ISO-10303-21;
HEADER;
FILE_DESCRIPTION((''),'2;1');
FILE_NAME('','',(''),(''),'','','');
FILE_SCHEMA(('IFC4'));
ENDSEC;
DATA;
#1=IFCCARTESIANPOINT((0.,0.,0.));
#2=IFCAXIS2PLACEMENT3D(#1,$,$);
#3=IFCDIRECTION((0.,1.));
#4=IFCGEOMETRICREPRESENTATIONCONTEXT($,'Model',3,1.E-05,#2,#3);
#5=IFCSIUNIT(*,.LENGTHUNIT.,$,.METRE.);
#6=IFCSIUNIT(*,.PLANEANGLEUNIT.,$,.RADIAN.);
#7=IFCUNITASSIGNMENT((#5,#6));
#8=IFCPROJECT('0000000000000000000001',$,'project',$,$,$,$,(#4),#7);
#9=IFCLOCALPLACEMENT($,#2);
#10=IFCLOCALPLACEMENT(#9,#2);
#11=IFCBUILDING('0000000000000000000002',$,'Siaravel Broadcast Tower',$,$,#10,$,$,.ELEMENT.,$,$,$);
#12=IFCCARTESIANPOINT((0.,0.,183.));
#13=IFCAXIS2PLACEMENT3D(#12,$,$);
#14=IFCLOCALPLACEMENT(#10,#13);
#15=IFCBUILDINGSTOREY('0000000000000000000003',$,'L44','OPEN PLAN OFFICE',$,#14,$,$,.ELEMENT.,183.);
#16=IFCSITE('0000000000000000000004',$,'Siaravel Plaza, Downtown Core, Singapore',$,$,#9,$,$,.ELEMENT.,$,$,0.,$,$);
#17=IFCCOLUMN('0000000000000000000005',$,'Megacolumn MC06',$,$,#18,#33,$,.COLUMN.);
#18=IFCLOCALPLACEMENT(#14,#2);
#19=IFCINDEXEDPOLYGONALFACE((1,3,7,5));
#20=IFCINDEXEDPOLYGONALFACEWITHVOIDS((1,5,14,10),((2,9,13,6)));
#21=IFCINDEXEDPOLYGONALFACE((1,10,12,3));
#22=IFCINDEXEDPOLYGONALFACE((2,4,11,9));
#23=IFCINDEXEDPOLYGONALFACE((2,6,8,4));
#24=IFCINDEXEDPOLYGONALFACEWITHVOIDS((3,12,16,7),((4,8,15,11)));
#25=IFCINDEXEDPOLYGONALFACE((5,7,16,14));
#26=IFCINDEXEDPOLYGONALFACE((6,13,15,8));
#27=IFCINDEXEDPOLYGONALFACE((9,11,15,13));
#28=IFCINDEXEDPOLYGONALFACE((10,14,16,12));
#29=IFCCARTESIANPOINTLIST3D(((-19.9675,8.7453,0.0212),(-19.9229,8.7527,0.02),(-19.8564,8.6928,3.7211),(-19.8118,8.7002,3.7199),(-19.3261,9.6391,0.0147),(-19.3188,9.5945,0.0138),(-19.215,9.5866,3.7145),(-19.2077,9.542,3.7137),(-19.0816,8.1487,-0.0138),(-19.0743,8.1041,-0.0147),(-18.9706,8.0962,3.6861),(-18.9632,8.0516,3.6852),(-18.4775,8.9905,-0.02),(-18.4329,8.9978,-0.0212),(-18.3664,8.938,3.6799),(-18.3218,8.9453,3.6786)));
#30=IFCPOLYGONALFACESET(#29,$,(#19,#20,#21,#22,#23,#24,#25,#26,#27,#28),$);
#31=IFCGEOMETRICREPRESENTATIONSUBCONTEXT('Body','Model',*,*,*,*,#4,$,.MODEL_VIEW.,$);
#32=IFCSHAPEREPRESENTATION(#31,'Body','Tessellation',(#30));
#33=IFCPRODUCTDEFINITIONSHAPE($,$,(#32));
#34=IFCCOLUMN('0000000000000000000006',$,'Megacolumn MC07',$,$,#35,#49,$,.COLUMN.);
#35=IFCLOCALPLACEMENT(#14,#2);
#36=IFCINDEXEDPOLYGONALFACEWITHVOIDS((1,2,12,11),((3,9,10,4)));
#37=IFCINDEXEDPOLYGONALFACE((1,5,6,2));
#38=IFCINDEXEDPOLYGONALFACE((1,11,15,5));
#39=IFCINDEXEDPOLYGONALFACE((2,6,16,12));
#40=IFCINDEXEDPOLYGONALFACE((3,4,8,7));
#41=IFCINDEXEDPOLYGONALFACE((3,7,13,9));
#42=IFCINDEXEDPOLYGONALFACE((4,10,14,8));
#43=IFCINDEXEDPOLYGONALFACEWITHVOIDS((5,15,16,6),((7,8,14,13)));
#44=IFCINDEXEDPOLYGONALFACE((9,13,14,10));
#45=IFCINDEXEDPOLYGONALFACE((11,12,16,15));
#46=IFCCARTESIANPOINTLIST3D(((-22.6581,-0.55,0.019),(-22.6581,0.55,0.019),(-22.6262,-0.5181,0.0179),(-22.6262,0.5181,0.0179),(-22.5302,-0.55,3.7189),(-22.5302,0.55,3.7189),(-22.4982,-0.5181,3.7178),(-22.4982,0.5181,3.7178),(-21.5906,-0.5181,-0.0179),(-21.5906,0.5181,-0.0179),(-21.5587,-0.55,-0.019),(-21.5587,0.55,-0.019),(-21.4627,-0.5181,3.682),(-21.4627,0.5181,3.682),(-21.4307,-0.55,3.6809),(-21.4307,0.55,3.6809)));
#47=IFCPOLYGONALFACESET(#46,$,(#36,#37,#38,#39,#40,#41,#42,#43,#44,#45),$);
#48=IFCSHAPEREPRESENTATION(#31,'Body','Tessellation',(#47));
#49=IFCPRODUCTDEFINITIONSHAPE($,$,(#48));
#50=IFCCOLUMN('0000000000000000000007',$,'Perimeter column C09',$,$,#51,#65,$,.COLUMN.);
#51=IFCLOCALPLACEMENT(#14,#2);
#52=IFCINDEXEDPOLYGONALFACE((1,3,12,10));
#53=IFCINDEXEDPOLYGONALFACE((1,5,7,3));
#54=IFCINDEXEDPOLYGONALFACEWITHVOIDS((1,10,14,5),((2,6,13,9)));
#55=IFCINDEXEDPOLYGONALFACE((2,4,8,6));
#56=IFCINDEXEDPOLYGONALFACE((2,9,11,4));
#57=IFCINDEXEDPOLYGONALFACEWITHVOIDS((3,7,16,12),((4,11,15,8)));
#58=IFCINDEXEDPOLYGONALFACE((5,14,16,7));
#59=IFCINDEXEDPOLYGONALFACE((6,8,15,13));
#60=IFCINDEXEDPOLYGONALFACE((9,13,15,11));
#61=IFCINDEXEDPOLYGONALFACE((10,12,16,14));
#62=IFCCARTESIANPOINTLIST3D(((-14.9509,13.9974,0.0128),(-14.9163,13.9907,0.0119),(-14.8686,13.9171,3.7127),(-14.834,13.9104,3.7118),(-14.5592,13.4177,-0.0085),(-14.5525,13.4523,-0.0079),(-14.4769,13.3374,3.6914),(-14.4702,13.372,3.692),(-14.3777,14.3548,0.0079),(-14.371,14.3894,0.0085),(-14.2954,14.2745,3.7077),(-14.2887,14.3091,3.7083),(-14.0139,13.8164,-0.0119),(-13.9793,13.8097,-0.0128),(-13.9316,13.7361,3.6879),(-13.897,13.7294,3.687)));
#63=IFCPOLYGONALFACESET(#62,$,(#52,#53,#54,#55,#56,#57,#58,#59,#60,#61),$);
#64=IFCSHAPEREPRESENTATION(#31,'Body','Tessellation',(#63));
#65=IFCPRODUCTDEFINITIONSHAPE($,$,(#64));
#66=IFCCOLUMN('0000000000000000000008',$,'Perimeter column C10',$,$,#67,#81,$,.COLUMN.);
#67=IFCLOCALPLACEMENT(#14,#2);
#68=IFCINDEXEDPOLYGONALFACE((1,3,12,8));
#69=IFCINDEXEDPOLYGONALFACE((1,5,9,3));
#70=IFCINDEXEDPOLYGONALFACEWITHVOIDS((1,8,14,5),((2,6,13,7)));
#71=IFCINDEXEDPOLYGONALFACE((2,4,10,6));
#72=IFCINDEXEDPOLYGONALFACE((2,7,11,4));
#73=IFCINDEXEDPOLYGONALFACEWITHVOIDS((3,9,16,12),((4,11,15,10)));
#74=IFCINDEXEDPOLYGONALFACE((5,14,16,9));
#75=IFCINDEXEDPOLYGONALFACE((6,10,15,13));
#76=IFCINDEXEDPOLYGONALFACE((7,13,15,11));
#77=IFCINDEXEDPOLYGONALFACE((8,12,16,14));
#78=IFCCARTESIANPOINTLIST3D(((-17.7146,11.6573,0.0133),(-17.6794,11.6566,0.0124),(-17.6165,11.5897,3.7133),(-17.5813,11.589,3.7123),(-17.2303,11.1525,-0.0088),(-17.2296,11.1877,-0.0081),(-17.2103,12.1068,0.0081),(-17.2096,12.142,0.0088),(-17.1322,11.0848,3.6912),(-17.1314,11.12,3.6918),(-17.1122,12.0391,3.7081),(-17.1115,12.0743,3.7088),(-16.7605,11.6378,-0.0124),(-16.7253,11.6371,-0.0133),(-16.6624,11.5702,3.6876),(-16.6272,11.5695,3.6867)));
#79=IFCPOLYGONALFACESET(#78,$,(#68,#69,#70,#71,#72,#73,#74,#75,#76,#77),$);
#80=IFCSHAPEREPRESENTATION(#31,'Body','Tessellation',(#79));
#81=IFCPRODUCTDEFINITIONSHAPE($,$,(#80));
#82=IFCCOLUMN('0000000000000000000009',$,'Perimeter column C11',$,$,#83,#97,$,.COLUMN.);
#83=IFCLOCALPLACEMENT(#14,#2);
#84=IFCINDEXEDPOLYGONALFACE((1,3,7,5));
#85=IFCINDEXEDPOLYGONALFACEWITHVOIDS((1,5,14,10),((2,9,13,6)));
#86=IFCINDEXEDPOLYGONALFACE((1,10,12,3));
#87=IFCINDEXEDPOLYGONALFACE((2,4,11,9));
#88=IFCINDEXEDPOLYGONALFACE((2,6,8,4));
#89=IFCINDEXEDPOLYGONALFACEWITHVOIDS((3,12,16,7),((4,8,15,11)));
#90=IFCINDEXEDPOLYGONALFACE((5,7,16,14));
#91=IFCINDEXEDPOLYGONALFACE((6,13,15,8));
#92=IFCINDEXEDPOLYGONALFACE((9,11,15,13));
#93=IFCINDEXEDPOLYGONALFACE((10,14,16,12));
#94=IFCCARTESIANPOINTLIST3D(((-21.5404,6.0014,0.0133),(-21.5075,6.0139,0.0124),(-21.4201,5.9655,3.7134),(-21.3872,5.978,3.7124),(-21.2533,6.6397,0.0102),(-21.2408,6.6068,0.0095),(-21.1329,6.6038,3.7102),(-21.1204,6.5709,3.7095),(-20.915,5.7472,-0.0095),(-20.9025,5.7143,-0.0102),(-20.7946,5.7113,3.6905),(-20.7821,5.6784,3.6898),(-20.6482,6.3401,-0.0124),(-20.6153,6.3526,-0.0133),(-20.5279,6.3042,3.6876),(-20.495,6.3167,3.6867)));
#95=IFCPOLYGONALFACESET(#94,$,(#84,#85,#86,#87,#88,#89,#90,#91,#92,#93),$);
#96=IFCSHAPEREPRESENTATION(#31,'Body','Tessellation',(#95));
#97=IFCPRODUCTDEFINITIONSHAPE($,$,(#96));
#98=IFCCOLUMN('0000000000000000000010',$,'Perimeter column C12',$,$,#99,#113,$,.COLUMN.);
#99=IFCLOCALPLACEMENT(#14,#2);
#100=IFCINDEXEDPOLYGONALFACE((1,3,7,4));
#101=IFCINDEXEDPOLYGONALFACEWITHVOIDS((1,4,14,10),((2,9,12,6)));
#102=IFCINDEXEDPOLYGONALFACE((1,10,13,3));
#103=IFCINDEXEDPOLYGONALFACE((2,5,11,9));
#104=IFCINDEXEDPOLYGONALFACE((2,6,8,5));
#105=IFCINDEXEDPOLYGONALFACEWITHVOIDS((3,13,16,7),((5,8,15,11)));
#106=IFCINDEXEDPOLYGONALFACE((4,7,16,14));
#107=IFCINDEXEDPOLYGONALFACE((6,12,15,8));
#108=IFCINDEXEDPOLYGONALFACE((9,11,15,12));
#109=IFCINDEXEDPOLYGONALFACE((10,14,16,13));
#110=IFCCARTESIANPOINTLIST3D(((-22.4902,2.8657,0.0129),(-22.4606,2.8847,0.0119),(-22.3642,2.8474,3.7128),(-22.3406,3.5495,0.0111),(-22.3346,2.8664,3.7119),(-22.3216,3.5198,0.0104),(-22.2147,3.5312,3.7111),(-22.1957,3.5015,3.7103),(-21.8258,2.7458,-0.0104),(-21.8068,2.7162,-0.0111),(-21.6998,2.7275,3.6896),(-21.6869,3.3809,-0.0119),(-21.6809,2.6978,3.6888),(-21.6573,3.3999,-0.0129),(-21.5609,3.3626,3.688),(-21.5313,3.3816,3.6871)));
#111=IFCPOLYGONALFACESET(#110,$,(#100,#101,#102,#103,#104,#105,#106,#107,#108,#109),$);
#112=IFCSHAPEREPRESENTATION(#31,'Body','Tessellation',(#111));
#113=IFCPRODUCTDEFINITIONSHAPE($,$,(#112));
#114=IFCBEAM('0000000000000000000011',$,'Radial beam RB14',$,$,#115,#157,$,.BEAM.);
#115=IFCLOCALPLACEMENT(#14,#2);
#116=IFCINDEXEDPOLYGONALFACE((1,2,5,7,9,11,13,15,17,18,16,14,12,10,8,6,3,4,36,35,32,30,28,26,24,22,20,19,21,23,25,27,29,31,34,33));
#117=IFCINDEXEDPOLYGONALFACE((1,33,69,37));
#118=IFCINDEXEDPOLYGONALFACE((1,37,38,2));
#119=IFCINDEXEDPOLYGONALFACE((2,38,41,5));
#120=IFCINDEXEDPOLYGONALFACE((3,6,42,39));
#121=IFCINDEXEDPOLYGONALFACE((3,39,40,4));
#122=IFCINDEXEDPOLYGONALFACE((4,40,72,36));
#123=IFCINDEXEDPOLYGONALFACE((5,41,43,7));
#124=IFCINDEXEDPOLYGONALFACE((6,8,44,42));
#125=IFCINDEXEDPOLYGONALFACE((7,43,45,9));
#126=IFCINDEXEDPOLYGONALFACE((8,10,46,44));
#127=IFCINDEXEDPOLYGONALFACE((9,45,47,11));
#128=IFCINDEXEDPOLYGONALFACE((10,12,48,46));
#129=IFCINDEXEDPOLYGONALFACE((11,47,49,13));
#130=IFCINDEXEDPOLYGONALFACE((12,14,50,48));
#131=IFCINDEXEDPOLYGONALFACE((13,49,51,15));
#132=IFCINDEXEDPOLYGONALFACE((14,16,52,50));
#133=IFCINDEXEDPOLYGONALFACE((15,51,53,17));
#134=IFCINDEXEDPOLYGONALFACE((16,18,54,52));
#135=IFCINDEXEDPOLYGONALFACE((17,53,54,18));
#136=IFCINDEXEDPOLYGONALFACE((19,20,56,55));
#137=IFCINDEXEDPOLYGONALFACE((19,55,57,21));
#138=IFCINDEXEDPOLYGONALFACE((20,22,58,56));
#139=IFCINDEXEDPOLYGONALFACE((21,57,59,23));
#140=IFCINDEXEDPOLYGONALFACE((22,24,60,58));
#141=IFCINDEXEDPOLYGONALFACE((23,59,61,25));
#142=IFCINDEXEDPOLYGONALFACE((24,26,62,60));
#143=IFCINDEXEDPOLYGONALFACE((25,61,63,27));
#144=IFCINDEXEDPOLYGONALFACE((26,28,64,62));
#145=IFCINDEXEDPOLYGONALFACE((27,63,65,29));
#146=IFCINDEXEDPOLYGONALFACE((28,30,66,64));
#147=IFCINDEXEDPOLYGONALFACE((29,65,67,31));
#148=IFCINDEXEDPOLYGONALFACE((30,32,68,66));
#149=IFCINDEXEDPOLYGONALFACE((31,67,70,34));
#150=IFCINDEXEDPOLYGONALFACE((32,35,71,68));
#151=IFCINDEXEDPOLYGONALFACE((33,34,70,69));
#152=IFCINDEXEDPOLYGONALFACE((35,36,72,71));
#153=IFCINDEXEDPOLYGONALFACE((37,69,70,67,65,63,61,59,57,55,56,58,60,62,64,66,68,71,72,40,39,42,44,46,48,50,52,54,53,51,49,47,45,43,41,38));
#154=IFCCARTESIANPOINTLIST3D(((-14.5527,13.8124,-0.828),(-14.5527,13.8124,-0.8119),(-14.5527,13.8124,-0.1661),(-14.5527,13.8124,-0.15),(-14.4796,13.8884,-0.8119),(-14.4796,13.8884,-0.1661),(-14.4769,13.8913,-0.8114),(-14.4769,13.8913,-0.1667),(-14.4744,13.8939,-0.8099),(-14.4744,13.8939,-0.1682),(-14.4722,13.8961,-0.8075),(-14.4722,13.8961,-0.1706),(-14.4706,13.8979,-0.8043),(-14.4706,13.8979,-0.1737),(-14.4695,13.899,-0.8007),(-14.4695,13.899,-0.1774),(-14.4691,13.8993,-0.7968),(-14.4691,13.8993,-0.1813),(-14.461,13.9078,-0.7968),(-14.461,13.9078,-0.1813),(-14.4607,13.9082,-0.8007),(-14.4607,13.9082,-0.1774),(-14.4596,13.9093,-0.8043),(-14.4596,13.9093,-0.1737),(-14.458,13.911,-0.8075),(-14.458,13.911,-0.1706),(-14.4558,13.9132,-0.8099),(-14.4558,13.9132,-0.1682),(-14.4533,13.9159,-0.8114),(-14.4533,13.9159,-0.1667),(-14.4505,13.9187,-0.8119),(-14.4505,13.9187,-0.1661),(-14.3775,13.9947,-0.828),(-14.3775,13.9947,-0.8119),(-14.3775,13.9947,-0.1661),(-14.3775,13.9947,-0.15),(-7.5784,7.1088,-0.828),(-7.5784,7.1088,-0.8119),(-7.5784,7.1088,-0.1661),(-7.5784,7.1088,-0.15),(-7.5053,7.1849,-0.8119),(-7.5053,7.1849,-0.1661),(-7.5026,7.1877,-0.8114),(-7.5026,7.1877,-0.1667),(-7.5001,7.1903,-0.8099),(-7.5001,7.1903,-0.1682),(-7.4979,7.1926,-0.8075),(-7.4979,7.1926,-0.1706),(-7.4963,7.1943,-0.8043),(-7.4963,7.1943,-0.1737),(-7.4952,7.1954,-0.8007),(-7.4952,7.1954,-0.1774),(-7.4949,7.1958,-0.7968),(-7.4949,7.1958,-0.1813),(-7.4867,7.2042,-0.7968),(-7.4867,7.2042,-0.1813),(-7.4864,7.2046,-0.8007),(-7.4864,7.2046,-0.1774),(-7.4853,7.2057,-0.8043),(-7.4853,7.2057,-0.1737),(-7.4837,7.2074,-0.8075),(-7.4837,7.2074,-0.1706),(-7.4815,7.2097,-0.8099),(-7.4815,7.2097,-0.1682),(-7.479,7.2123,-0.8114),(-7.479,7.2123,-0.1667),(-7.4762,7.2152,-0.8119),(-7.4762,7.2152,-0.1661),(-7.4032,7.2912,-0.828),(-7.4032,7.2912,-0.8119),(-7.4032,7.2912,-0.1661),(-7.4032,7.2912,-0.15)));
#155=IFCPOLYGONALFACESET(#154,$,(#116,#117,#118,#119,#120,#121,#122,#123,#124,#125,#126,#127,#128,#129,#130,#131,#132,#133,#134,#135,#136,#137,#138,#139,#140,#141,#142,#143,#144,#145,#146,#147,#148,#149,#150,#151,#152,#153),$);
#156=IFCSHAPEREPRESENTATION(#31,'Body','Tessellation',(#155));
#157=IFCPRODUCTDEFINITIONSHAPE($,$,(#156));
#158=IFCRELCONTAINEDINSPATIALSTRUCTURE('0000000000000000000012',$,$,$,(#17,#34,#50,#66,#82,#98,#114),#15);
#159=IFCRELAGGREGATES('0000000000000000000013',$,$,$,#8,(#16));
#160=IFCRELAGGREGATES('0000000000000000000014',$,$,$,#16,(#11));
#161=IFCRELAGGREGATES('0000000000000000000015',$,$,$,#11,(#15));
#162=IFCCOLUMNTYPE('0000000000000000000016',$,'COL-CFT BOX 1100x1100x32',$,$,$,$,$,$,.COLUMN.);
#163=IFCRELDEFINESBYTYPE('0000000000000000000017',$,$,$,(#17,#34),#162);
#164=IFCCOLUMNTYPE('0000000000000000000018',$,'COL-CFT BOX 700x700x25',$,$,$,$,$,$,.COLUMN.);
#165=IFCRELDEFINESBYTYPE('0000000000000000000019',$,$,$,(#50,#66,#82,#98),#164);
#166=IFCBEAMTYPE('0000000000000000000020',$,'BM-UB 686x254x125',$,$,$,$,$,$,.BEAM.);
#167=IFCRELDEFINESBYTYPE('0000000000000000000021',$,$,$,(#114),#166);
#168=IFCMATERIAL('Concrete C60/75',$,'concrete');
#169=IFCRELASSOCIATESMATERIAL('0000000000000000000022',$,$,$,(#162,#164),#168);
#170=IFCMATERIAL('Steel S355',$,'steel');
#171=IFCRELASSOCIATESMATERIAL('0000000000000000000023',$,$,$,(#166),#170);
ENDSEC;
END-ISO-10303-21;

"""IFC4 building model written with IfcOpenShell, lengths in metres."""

from ifc_helpers import new_model, si_unit, direction, frame, origin, origin_2d, place, context, subcontext, project, spatial, hollow_rectangle, i_section, extrude, material, material_profile, profile_set, type_object, element, save


model = new_model("IFC4")

# Units and contexts
model_context = context("Model", 3, precision=1e-05, world=origin(), true_north=direction((0.0, 1.0)))
body_context = subcontext(model_context, "Body", "Model", "MODEL_VIEW")
ifc_project = project(units=[si_unit("LENGTHUNIT", "METRE"), si_unit("PLANEANGLEUNIT", "RADIAN")], contexts=[model_context])

# Site, building, storey
site_placement = place(None, origin())
site = spatial("IfcSite", under=ifc_project, at=site_placement, Name="Siaravel Plaza, Downtown Core, Singapore", CompositionType="ELEMENT", RefElevation=0.0)
building_placement = place(site_placement, origin())
building = spatial("IfcBuilding", under=site, at=building_placement, Name="Siaravel Broadcast Tower", CompositionType="ELEMENT")
storey_placement = place(building_placement, frame((0.0, 0.0, 183.0)))
storey = spatial("IfcBuildingStorey", under=building, at=storey_placement, Name="L44", Description="OPEN PLAN OFFICE", CompositionType="ELEMENT", Elevation=183.0)

# Columns
ifc_material_1 = material(Name="Concrete C60/75", Category="concrete")
ifc_material_profile_1 = material_profile(ifc_material_1, hollow_rectangle(XDim=1.1001, YDim=1.1001, WallThickness=0.032, at=origin_2d()))
ifc_profile_set_1 = profile_set([ifc_material_profile_1], Name="Concrete C60/75")
column_type_1 = type_object("IfcColumnType", Name="COL-CFT BOX 1100x1100x32", PredefinedType="COLUMN", material=ifc_profile_set_1)
column_1_placement = place(storey_placement, frame((-19.2002, 8.8716, 0.0), z_axis=(0.030007, -0.014179, 0.999449), x_axis=(0.583041, 0.812421, -0.005979)))
element("IfcColumn", 1, at=column_1_placement, inside=storey, type_object=column_type_1, Name="Megacolumn MC06", PredefinedType="COLUMN", context=body_context, shape_type="SweptSolid", body=[
    extrude(hollow_rectangle(XDim=1.1001, YDim=1.1001, WallThickness=0.032, at=origin_2d()), origin(), (0.0, 0.0, 1.0), 3.7019),
])
column_2_placement = place(storey_placement, frame((-22.1084, 0.0, 0.0), z_axis=(0.034555, 0.0, 0.999403), x_axis=(0.0, 1.0, 0.0)))
element("IfcColumn", 2, at=column_2_placement, inside=storey, type_object=column_type_1, Name="Megacolumn MC07", PredefinedType="COLUMN", context=body_context, shape_type="SweptSolid", body=[
    extrude(hollow_rectangle(XDim=1.1001, YDim=1.1001, WallThickness=0.032, at=origin_2d()), origin(), (0.0, 0.0, 1.0), 3.7021),
])
ifc_material_profile_2 = material_profile(ifc_material_1, hollow_rectangle(XDim=0.7, YDim=0.7, WallThickness=0.0249, at=origin_2d()))
ifc_profile_set_2 = profile_set([ifc_material_profile_2], Name="Concrete C60/75")
column_type_2 = type_object("IfcColumnType", Name="COL-CFT BOX 700x700x25", PredefinedType="COLUMN", material=ifc_profile_set_2)
column_3_placement = place(storey_placement, frame((-14.4651, 13.9036, 0.0), z_axis=(0.022226, -0.021699, 0.999517), x_axis=(0.828429, 0.560059, -0.006263)))
element("IfcColumn", 3, at=column_3_placement, inside=storey, type_object=column_type_2, Name="Perimeter column C09", PredefinedType="COLUMN", context=body_context, shape_type="SweptSolid", body=[
    extrude(hollow_rectangle(XDim=0.7, YDim=0.7, WallThickness=0.0249, at=origin_2d()), origin(), (0.0, 0.0, 1.0), 3.7017),
])
column_4_placement = place(storey_placement, frame((-17.22, 11.6472, 0.0), z_axis=(0.026512, -0.018268, 0.999482), x_axis=(0.721505, 0.692379, -0.006483)))
element("IfcColumn", 4, at=column_4_placement, inside=storey, type_object=column_type_2, Name="Perimeter column C10", PredefinedType="COLUMN", context=body_context, shape_type="SweptSolid", body=[
    extrude(hollow_rectangle(XDim=0.7, YDim=0.7, WallThickness=0.0249, at=origin_2d()), origin(), (0.0, 0.0, 1.0), 3.7019),
])
for number, where, z_axis, x_axis, name in (
    (5, (-21.0779, 6.177, 0.0), (0.032512, -0.009694, 0.999424), (0.410283, 0.911947, -0.004501), "Perimeter column C11"),
    (6, (-22.0737, 3.1328, 0.0), (0.034028, -0.004946, 0.999409), (0.213687, 0.976899, -0.002441), "Perimeter column C12"),
):
    element("IfcColumn", number, at=place(storey_placement, frame(where, z_axis=z_axis, x_axis=x_axis)), inside=storey, type_object=column_type_2, Name=name, PredefinedType="COLUMN", context=body_context, shape_type="SweptSolid", body=[
        extrude(hollow_rectangle(XDim=0.7, YDim=0.7, WallThickness=0.0249, at=origin_2d()), origin(), (0.0, 0.0, 1.0), 3.7021),
    ])

# Beam
ifc_material_2 = material(Name="Steel S355", Category="steel")
ifc_material_profile_3 = material_profile(ifc_material_2, i_section(OverallWidth=0.2529, OverallDepth=0.678, WebThickness=0.0117, FlangeThickness=0.0161, FilletRadius=0.0151, at=origin_2d()))
ifc_profile_set_3 = profile_set([ifc_material_profile_3], Name="Steel S355")
beam_type = type_object("IfcBeamType", Name="BM-UB 686x254x125", PredefinedType="BEAM", material=ifc_profile_set_3)
beam_1_placement = place(storey_placement, frame((-14.4651, 13.9036, -0.489), z_axis=(0.720963, -0.692974, 0.0), x_axis=(0.692974, 0.720963, 0.0)))
element("IfcBeam", 7, at=beam_1_placement, inside=storey, type_object=beam_type, Name="Radial beam RB14", PredefinedType="BEAM", context=body_context, shape_type="SweptSolid", body=[
    extrude(i_section(OverallWidth=0.2529, OverallDepth=0.678, WebThickness=0.0117, FlangeThickness=0.0161, FilletRadius=0.0151, at=origin_2d()), origin(), (0.0, 0.0, 1.0), 9.6736),
])

save(model, "model.ifc")
